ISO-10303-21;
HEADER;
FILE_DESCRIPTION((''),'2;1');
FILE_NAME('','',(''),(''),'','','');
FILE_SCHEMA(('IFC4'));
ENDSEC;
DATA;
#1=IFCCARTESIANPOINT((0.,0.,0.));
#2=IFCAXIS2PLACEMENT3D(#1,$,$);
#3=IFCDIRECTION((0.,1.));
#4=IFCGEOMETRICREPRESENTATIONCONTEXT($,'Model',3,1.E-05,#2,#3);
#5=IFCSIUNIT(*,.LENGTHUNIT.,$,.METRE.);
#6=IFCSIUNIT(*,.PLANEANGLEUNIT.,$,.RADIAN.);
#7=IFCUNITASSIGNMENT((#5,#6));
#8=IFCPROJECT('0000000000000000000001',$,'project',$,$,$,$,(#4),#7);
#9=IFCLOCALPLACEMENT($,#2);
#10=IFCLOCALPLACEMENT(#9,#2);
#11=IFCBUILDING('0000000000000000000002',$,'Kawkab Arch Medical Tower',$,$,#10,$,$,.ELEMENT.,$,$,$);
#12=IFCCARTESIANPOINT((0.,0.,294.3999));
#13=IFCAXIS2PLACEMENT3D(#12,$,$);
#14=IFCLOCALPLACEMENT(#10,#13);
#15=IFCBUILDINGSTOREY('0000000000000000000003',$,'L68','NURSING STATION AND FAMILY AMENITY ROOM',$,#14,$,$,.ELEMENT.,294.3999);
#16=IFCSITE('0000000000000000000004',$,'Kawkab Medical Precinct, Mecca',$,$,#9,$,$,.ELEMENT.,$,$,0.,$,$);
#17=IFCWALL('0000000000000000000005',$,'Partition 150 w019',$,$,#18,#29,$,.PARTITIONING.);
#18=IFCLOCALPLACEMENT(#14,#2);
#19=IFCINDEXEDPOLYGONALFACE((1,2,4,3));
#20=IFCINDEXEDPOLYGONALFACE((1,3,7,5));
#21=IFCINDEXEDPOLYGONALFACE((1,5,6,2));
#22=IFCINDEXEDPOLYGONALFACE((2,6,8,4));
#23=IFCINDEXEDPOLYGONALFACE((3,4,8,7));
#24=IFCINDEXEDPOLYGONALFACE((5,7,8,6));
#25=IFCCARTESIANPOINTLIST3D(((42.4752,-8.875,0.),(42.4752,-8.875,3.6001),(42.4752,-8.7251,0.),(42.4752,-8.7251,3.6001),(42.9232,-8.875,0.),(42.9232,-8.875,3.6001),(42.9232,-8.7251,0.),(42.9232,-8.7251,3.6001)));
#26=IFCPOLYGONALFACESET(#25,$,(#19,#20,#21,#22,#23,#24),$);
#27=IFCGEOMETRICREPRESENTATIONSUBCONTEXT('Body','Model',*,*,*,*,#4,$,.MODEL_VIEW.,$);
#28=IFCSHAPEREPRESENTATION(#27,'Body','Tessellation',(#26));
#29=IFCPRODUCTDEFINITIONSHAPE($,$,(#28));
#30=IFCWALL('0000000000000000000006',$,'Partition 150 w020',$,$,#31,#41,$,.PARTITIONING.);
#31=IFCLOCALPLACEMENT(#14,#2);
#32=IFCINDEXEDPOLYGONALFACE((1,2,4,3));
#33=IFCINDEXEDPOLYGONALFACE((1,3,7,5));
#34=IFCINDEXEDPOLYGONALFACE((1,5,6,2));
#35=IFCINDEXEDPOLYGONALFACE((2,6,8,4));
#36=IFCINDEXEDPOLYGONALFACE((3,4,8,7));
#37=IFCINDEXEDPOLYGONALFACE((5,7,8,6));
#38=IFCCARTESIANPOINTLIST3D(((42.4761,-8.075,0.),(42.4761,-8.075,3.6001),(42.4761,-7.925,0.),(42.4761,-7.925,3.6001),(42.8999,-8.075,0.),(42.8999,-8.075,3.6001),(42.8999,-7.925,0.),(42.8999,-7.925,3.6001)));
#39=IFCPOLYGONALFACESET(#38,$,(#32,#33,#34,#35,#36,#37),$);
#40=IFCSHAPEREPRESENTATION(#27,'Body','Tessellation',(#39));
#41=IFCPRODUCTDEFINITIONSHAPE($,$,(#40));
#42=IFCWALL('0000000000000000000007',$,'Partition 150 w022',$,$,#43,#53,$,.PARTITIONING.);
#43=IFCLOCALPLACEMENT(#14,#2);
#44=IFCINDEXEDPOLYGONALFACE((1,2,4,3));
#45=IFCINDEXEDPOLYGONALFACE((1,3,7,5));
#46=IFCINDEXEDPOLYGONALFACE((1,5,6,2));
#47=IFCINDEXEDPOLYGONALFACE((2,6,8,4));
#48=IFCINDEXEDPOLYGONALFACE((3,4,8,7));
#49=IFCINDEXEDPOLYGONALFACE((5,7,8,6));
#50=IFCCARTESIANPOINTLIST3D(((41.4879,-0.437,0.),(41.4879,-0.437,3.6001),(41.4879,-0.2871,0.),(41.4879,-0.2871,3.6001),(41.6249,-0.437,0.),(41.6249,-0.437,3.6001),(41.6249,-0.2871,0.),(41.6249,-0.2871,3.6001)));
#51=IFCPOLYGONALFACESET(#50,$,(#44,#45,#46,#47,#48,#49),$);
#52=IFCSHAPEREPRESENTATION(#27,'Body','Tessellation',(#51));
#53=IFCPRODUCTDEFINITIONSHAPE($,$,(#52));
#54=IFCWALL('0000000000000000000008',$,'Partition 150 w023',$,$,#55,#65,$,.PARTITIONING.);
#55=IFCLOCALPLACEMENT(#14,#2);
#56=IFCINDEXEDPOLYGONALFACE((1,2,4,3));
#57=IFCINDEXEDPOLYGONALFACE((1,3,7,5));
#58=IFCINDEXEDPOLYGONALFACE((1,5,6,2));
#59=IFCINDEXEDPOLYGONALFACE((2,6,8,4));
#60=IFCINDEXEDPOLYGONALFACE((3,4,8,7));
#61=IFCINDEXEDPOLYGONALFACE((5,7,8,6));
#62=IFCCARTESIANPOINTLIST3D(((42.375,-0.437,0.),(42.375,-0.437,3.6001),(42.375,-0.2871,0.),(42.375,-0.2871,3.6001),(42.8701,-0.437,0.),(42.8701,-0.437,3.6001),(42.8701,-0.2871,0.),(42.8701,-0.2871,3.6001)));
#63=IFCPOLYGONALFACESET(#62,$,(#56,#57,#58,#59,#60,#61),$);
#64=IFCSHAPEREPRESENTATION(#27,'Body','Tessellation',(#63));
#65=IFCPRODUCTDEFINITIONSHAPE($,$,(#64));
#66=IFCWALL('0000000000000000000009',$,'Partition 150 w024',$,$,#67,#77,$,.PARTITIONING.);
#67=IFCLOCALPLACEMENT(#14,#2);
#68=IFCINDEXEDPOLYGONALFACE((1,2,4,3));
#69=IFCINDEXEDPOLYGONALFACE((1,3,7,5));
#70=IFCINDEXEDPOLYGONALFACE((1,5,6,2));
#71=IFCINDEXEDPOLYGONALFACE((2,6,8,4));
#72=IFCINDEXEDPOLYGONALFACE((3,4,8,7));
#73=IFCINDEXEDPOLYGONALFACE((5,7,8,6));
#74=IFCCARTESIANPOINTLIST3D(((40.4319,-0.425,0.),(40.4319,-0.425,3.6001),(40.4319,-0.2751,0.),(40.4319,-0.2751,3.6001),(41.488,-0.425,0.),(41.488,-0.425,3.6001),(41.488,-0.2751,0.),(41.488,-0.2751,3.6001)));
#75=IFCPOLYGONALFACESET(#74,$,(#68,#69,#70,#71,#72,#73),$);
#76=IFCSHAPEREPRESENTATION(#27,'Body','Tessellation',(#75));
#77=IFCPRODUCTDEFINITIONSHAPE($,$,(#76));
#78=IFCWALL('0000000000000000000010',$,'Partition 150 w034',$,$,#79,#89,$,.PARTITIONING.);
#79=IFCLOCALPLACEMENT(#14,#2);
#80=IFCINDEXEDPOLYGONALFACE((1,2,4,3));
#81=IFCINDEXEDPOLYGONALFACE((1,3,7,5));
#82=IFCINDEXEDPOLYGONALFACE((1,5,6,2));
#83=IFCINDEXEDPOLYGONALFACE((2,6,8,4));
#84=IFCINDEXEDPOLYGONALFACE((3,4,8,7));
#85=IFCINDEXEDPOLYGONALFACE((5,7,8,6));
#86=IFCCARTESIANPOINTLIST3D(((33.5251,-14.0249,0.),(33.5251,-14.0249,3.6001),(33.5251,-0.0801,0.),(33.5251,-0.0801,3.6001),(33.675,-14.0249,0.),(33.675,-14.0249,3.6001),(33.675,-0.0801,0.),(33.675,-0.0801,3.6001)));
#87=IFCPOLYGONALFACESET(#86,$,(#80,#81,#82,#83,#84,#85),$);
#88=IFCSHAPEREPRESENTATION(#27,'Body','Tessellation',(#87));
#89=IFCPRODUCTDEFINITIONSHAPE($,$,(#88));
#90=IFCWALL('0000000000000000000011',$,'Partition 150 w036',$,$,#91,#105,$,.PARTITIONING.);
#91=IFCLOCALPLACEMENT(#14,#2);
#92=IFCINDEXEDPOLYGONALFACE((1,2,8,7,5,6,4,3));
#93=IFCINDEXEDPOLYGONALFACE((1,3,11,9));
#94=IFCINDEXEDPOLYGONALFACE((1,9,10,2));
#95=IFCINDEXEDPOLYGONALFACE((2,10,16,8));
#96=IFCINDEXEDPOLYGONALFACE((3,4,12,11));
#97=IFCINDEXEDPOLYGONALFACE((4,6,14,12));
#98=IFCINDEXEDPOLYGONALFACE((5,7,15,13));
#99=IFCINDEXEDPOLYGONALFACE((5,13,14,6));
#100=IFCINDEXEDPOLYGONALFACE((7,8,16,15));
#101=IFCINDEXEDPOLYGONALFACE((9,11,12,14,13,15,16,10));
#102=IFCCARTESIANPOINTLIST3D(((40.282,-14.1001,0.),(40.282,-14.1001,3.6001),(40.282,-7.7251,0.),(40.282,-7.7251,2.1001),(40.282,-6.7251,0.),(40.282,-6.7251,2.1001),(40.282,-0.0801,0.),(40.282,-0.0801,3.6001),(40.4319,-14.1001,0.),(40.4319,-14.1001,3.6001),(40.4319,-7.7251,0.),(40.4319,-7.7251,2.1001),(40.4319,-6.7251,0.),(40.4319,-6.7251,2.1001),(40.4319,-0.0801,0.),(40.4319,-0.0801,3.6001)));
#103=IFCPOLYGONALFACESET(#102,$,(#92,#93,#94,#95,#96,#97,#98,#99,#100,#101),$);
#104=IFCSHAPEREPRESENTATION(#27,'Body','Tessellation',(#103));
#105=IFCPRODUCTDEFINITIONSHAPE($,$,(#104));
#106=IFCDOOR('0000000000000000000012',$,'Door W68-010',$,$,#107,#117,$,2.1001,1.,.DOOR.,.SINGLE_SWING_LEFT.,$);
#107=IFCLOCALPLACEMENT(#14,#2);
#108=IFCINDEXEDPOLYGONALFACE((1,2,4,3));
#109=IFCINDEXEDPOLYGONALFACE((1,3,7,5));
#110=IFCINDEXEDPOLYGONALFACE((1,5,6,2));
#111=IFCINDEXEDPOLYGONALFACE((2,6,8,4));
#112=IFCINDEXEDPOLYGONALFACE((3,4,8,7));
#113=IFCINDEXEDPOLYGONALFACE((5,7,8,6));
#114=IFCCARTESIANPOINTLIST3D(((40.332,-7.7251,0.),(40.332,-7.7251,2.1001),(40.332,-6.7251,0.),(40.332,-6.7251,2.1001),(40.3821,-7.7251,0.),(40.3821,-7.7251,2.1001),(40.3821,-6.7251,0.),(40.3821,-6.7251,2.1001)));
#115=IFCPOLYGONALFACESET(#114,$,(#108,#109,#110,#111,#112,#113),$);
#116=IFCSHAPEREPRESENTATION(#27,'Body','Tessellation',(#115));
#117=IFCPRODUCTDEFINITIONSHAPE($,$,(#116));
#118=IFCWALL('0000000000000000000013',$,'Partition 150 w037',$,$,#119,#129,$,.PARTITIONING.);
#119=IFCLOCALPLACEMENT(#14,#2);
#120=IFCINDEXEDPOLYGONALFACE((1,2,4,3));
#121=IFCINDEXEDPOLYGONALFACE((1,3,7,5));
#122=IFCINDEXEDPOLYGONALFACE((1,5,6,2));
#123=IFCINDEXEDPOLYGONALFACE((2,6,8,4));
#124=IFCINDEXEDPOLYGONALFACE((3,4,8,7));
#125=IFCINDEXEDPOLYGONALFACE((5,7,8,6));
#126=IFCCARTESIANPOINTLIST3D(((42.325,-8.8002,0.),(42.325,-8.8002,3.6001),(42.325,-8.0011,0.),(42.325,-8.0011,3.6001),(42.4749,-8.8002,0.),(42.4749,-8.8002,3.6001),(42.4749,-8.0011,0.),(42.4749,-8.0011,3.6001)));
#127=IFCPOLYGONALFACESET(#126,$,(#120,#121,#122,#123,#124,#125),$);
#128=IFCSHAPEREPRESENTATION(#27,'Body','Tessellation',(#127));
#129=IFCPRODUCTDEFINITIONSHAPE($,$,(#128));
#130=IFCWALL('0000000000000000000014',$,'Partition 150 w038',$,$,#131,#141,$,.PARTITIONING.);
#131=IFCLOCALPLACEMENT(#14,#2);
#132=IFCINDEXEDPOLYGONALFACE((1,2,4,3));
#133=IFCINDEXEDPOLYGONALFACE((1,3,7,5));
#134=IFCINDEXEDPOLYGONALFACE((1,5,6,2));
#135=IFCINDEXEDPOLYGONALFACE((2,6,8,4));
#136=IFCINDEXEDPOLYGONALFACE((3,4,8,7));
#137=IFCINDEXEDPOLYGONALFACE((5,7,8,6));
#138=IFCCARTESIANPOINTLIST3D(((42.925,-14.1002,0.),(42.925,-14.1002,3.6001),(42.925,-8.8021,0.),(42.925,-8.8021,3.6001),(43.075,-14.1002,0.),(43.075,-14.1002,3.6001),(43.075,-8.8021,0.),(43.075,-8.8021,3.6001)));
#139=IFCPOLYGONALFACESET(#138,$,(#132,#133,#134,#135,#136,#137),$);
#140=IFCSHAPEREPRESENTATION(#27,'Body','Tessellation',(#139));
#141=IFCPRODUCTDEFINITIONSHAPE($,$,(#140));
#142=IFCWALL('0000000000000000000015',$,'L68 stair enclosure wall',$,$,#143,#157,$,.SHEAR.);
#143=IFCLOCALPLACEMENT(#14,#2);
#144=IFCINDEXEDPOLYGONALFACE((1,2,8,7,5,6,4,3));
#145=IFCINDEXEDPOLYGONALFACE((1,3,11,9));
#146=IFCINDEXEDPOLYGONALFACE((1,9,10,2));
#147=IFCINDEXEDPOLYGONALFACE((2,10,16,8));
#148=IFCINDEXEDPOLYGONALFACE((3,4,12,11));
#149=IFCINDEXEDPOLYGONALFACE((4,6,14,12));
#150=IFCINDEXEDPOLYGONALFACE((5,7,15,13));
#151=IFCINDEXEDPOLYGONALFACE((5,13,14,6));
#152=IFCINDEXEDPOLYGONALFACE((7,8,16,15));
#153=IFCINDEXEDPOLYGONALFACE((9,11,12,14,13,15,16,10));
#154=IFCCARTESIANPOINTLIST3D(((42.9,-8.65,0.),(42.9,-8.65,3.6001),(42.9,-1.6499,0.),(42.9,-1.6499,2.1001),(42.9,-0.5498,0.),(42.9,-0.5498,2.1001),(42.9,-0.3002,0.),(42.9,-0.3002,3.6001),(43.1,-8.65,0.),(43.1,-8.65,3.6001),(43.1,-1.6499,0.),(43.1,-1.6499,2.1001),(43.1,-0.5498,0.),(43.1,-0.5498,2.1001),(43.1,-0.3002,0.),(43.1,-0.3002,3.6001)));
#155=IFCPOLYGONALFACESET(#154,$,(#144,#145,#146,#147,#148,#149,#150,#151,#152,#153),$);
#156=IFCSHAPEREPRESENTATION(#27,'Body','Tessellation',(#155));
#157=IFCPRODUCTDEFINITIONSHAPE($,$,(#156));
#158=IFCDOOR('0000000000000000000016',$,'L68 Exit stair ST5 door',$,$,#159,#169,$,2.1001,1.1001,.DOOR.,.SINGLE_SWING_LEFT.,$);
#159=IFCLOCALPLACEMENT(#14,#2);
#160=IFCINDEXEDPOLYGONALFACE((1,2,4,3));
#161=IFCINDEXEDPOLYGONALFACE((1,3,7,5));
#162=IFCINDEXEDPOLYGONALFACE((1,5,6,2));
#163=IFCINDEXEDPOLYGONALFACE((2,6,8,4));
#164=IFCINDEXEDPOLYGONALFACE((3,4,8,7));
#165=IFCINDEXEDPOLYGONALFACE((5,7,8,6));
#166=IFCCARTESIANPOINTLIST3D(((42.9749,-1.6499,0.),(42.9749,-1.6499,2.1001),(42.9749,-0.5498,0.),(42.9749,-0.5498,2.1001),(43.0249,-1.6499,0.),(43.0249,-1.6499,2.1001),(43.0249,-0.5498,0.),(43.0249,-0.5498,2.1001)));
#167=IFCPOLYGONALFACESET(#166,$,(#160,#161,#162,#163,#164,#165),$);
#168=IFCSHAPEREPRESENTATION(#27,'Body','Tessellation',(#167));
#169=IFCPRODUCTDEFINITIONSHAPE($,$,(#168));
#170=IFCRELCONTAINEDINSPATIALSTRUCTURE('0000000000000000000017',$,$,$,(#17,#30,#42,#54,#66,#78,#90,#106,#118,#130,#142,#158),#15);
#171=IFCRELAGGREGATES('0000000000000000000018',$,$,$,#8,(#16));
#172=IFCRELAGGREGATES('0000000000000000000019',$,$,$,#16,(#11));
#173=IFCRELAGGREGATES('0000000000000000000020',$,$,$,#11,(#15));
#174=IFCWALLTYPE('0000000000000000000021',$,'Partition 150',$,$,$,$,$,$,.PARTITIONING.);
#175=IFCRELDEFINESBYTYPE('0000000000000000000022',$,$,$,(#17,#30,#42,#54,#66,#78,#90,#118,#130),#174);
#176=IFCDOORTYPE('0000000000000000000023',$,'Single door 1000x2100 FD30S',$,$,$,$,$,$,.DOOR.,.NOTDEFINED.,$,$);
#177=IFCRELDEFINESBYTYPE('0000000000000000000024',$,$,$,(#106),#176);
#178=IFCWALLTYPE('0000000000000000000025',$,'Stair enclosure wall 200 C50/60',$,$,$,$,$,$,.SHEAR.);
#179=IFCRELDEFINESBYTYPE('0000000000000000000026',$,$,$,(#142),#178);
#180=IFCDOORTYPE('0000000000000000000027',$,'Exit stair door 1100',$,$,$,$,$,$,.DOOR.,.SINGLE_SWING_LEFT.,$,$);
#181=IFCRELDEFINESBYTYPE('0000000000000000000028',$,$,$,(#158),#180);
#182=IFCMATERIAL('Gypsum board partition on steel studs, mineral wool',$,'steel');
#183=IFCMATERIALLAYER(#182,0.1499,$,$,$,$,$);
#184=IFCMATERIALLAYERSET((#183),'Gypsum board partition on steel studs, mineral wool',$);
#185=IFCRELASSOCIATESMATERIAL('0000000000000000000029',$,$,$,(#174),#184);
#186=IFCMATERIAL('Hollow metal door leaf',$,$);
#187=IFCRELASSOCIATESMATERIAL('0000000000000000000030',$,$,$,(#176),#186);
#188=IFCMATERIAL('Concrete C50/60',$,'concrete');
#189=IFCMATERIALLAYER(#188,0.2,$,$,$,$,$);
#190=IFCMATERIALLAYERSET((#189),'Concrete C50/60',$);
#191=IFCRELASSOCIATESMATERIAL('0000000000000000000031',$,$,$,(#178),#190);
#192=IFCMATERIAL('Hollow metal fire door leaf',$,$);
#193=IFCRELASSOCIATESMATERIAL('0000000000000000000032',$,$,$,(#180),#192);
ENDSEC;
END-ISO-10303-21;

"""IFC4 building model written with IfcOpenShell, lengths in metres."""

from ifc_helpers import new_model, si_unit, direction, frame, frame_2d, origin, place, context, subcontext, project, spatial, rectangle, extrude, material, layer, layer_set, type_object, element, fill, save


model = new_model("IFC4")

# Units and contexts
model_context = context("Model", 3, precision=1e-05, world=origin(), true_north=direction((0.0, 1.0)))
body_context = subcontext(model_context, "Body", "Model", "MODEL_VIEW")
ifc_project = project(units=[si_unit("LENGTHUNIT", "METRE"), si_unit("PLANEANGLEUNIT", "RADIAN")], contexts=[model_context])

# Site, building, storey
site_placement = place(None, origin())
site = spatial("IfcSite", under=ifc_project, at=site_placement, Name="Kawkab Medical Precinct, Mecca", CompositionType="ELEMENT", RefElevation=0.0)
building_placement = place(site_placement, origin())
building = spatial("IfcBuilding", under=site, at=building_placement, Name="Kawkab Arch Medical Tower", CompositionType="ELEMENT")
storey_placement = place(building_placement, frame((0.0, 0.0, 294.3999)))
storey = spatial("IfcBuildingStorey", under=building, at=storey_placement, Name="L68", Description="NURSING STATION AND FAMILY AMENITY ROOM", CompositionType="ELEMENT", Elevation=294.3999)

# Shared definitions
ifc_material_1 = material(Name="Gypsum board partition on steel studs, mineral wool", Category="steel")
ifc_layer_1 = layer(ifc_material_1, 0.1499)
ifc_layer_set_1 = layer_set([ifc_layer_1], Name="Gypsum board partition on steel studs, mineral wool")
wall_type_1 = type_object("IfcWallType", Name="Partition 150", PredefinedType="PARTITIONING", material=ifc_layer_set_1)

# Walls
wall_1_placement = place(storey_placement, frame((42.4751, -8.8, 0.0), z_axis=(0.0, 0.0, 1.0), x_axis=(1.0, 0.0, 0.0)))
element("IfcWall", 1, at=wall_1_placement, inside=storey, type_object=wall_type_1, Name="Partition 150 w019", PredefinedType="PARTITIONING", context=body_context, shape_type="SweptSolid", body=[
    extrude(rectangle(XDim=0.448, YDim=0.1499, at=frame_2d((0.2241, 0.0))), origin(), (0.0, 0.0, 1.0), 3.6001),
])
wall_2_placement = place(storey_placement, frame((42.4761, -8.0, 0.0), z_axis=(0.0, 0.0, 1.0), x_axis=(1.0, 0.0, 0.0)))
element("IfcWall", 2, at=wall_2_placement, inside=storey, type_object=wall_type_1, Name="Partition 150 w020", PredefinedType="PARTITIONING", context=body_context, shape_type="SweptSolid", body=[
    extrude(rectangle(XDim=0.4238, YDim=0.1499, at=frame_2d((0.2119, 0.0))), origin(), (0.0, 0.0, 1.0), 3.6001),
])
wall_3_placement = place(storey_placement, frame((41.488, -0.3621, 0.0), z_axis=(0.0, 0.0, 1.0), x_axis=(1.0, 0.0, 0.0)))
element("IfcWall", 3, at=wall_3_placement, inside=storey, type_object=wall_type_1, Name="Partition 150 w022", PredefinedType="PARTITIONING", context=body_context, shape_type="SweptSolid", body=[
    extrude(rectangle(XDim=0.137, YDim=0.1499, at=frame_2d((0.0684, 0.0))), origin(), (0.0, 0.0, 1.0), 3.6001),
])
wall_4_placement = place(storey_placement, frame((42.375, -0.3621, 0.0), z_axis=(0.0, 0.0, 1.0), x_axis=(1.0, 0.0, 0.0)))
element("IfcWall", 4, at=wall_4_placement, inside=storey, type_object=wall_type_1, Name="Partition 150 w023", PredefinedType="PARTITIONING", context=body_context, shape_type="SweptSolid", body=[
    extrude(rectangle(XDim=0.4951, YDim=0.1499, at=frame_2d((0.2476, 0.0))), origin(), (0.0, 0.0, 1.0), 3.6001),
])
wall_5_placement = place(storey_placement, frame((40.4319, -0.3501, 0.0), z_axis=(0.0, 0.0, 1.0), x_axis=(1.0, 0.0, 0.0)))
element("IfcWall", 5, at=wall_5_placement, inside=storey, type_object=wall_type_1, Name="Partition 150 w024", PredefinedType="PARTITIONING", context=body_context, shape_type="SweptSolid", body=[
    extrude(rectangle(XDim=1.0562, YDim=0.1499, at=frame_2d((0.5281, 0.0))), origin(), (0.0, 0.0, 1.0), 3.6001),
])
wall_6_placement = place(storey_placement, frame((33.6001, -14.0249, 0.0), z_axis=(0.0, 0.0, 1.0), x_axis=(0.0, 1.0, 0.0)))
element("IfcWall", 6, at=wall_6_placement, inside=storey, type_object=wall_type_1, Name="Partition 150 w034", PredefinedType="PARTITIONING", context=body_context, shape_type="SweptSolid", body=[
    extrude(rectangle(XDim=13.9448, YDim=0.1499, at=frame_2d((6.9724, 0.0))), origin(), (0.0, 0.0, 1.0), 3.6001),
])

# Wall, opening, door
wall_7_placement = place(storey_placement, frame((40.3569, -14.1001, 0.0), z_axis=(0.0, 0.0, 1.0), x_axis=(0.0, 1.0, 0.0)))
wall_7 = element("IfcWall", 7, at=wall_7_placement, inside=storey, type_object=wall_type_1, Name="Partition 150 w036", PredefinedType="PARTITIONING", context=body_context, shape_type="SweptSolid", body=[
    extrude(rectangle(XDim=14.02, YDim=0.1499, at=frame_2d((7.01, 0.0))), origin(), (0.0, 0.0, 1.0), 3.6001),
])
opening_1_placement = place(wall_7_placement, frame((6.375, 0.0, 0.0)))
opening_1 = element("IfcOpeningElement", 8, at=opening_1_placement, cuts=wall_7, PredefinedType="OPENING", context=body_context, shape_type="SweptSolid", body=[
    extrude(rectangle(XDim=1.0, YDim=2.1001, at=frame_2d((0.5, 1.05))), frame((0.0, 0.085, 0.0), z_axis=(0.0, -1.0, 0.0), x_axis=(1.0, 0.0, 0.0)), (0.0, 0.0, 1.0), 0.1699),
])
ifc_material_2 = material(Name="Hollow metal door leaf")
door_type_1 = type_object("IfcDoorType", Name="Single door 1000x2100 FD30S", OperationType="NOTDEFINED", PredefinedType="DOOR", material=ifc_material_2)
door_1_placement = place(opening_1_placement, origin())
door_1 = element("IfcDoor", 9, at=door_1_placement, inside=storey, type_object=door_type_1, Name="Door W68-010", OperationType="SINGLE_SWING_LEFT", OverallHeight=2.1001, OverallWidth=1.0, PredefinedType="DOOR", context=body_context, shape_type="SweptSolid", body=[
    extrude(rectangle(XDim=1.0, YDim=2.1001, at=frame_2d((0.5, 1.05))), frame((0.0, 0.0249, 0.0), z_axis=(0.0, -1.0, 0.0), x_axis=(1.0, 0.0, 0.0)), (0.0, 0.0, 1.0), 0.05),
])
fill(opening_1, door_1)

# Walls
wall_8_placement = place(storey_placement, frame((42.3999, -8.8, 0.0), z_axis=(0.0, 0.0, 1.0), x_axis=(0.0, 1.0, 0.0)))
element("IfcWall", 10, at=wall_8_placement, inside=storey, type_object=wall_type_1, Name="Partition 150 w037", PredefinedType="PARTITIONING", context=body_context, shape_type="SweptSolid", body=[
    extrude(rectangle(XDim=0.7991, YDim=0.1499, at=frame_2d((0.3994, 0.0))), origin(), (0.0, 0.0, 1.0), 3.6001),
])
wall_9_placement = place(storey_placement, frame((43.0, -14.1001, 0.0), z_axis=(0.0, 0.0, 1.0), x_axis=(0.0, 1.0, 0.0)))
element("IfcWall", 11, at=wall_9_placement, inside=storey, type_object=wall_type_1, Name="Partition 150 w038", PredefinedType="PARTITIONING", context=body_context, shape_type="SweptSolid", body=[
    extrude(rectangle(XDim=5.2981, YDim=0.1499, at=frame_2d((2.6489, 0.0))), origin(), (0.0, 0.0, 1.0), 3.6001),
])

# Wall, opening, door
ifc_material_3 = material(Name="Concrete C50/60", Category="concrete")
ifc_layer_2 = layer(ifc_material_3, 0.2)
ifc_layer_set_2 = layer_set([ifc_layer_2], Name="Concrete C50/60")
wall_type_2 = type_object("IfcWallType", Name="Stair enclosure wall 200 C50/60", PredefinedType="SHEAR", material=ifc_layer_set_2)
wall_10_placement = place(storey_placement, frame((43.0, -8.6499, 0.0), z_axis=(0.0, 0.0, 1.0), x_axis=(0.0, 1.0, 0.0)))
wall_10 = element("IfcWall", 12, at=wall_10_placement, inside=storey, type_object=wall_type_2, Name="L68 stair enclosure wall", PredefinedType="SHEAR", context=body_context, shape_type="SweptSolid", body=[
    extrude(rectangle(XDim=8.3499, YDim=0.2, at=frame_2d((4.1748, 0.0))), origin(), (0.0, 0.0, 1.0), 3.6001),
])
opening_2_placement = place(wall_10_placement, frame((7.0, 0.0, 0.0)))
opening_2 = element("IfcOpeningElement", 13, at=opening_2_placement, cuts=wall_10, PredefinedType="OPENING", context=body_context, shape_type="SweptSolid", body=[
    extrude(rectangle(XDim=1.1001, YDim=2.1001, at=frame_2d((0.55, 1.05))), frame((0.0, 0.1099, 0.0), z_axis=(0.0, -1.0, 0.0), x_axis=(1.0, 0.0, 0.0)), (0.0, 0.0, 1.0), 0.22),
])
ifc_material_4 = material(Name="Hollow metal fire door leaf")
door_type_2 = type_object("IfcDoorType", Name="Exit stair door 1100", OperationType="SINGLE_SWING_LEFT", PredefinedType="DOOR", material=ifc_material_4)
door_2_placement = place(opening_2_placement, frame((1.1001, 0.0, 0.0), z_axis=(0.0, 0.0, 1.0), x_axis=(-1.0, 0.0, 0.0)))
door_2 = element("IfcDoor", 14, at=door_2_placement, inside=storey, type_object=door_type_2, Name="L68 Exit stair ST5 door", OperationType="SINGLE_SWING_LEFT", OverallHeight=2.1001, OverallWidth=1.1001, PredefinedType="DOOR", context=body_context, shape_type="SweptSolid", body=[
    extrude(rectangle(XDim=1.1001, YDim=2.1001, at=frame_2d((0.55, 1.05))), frame((0.0, 0.0249, 0.0), z_axis=(0.0, -1.0, 0.0), x_axis=(1.0, 0.0, 0.0)), (0.0, 0.0, 1.0), 0.05),
])
fill(opening_2, door_2)

save(model, "model.ifc")
